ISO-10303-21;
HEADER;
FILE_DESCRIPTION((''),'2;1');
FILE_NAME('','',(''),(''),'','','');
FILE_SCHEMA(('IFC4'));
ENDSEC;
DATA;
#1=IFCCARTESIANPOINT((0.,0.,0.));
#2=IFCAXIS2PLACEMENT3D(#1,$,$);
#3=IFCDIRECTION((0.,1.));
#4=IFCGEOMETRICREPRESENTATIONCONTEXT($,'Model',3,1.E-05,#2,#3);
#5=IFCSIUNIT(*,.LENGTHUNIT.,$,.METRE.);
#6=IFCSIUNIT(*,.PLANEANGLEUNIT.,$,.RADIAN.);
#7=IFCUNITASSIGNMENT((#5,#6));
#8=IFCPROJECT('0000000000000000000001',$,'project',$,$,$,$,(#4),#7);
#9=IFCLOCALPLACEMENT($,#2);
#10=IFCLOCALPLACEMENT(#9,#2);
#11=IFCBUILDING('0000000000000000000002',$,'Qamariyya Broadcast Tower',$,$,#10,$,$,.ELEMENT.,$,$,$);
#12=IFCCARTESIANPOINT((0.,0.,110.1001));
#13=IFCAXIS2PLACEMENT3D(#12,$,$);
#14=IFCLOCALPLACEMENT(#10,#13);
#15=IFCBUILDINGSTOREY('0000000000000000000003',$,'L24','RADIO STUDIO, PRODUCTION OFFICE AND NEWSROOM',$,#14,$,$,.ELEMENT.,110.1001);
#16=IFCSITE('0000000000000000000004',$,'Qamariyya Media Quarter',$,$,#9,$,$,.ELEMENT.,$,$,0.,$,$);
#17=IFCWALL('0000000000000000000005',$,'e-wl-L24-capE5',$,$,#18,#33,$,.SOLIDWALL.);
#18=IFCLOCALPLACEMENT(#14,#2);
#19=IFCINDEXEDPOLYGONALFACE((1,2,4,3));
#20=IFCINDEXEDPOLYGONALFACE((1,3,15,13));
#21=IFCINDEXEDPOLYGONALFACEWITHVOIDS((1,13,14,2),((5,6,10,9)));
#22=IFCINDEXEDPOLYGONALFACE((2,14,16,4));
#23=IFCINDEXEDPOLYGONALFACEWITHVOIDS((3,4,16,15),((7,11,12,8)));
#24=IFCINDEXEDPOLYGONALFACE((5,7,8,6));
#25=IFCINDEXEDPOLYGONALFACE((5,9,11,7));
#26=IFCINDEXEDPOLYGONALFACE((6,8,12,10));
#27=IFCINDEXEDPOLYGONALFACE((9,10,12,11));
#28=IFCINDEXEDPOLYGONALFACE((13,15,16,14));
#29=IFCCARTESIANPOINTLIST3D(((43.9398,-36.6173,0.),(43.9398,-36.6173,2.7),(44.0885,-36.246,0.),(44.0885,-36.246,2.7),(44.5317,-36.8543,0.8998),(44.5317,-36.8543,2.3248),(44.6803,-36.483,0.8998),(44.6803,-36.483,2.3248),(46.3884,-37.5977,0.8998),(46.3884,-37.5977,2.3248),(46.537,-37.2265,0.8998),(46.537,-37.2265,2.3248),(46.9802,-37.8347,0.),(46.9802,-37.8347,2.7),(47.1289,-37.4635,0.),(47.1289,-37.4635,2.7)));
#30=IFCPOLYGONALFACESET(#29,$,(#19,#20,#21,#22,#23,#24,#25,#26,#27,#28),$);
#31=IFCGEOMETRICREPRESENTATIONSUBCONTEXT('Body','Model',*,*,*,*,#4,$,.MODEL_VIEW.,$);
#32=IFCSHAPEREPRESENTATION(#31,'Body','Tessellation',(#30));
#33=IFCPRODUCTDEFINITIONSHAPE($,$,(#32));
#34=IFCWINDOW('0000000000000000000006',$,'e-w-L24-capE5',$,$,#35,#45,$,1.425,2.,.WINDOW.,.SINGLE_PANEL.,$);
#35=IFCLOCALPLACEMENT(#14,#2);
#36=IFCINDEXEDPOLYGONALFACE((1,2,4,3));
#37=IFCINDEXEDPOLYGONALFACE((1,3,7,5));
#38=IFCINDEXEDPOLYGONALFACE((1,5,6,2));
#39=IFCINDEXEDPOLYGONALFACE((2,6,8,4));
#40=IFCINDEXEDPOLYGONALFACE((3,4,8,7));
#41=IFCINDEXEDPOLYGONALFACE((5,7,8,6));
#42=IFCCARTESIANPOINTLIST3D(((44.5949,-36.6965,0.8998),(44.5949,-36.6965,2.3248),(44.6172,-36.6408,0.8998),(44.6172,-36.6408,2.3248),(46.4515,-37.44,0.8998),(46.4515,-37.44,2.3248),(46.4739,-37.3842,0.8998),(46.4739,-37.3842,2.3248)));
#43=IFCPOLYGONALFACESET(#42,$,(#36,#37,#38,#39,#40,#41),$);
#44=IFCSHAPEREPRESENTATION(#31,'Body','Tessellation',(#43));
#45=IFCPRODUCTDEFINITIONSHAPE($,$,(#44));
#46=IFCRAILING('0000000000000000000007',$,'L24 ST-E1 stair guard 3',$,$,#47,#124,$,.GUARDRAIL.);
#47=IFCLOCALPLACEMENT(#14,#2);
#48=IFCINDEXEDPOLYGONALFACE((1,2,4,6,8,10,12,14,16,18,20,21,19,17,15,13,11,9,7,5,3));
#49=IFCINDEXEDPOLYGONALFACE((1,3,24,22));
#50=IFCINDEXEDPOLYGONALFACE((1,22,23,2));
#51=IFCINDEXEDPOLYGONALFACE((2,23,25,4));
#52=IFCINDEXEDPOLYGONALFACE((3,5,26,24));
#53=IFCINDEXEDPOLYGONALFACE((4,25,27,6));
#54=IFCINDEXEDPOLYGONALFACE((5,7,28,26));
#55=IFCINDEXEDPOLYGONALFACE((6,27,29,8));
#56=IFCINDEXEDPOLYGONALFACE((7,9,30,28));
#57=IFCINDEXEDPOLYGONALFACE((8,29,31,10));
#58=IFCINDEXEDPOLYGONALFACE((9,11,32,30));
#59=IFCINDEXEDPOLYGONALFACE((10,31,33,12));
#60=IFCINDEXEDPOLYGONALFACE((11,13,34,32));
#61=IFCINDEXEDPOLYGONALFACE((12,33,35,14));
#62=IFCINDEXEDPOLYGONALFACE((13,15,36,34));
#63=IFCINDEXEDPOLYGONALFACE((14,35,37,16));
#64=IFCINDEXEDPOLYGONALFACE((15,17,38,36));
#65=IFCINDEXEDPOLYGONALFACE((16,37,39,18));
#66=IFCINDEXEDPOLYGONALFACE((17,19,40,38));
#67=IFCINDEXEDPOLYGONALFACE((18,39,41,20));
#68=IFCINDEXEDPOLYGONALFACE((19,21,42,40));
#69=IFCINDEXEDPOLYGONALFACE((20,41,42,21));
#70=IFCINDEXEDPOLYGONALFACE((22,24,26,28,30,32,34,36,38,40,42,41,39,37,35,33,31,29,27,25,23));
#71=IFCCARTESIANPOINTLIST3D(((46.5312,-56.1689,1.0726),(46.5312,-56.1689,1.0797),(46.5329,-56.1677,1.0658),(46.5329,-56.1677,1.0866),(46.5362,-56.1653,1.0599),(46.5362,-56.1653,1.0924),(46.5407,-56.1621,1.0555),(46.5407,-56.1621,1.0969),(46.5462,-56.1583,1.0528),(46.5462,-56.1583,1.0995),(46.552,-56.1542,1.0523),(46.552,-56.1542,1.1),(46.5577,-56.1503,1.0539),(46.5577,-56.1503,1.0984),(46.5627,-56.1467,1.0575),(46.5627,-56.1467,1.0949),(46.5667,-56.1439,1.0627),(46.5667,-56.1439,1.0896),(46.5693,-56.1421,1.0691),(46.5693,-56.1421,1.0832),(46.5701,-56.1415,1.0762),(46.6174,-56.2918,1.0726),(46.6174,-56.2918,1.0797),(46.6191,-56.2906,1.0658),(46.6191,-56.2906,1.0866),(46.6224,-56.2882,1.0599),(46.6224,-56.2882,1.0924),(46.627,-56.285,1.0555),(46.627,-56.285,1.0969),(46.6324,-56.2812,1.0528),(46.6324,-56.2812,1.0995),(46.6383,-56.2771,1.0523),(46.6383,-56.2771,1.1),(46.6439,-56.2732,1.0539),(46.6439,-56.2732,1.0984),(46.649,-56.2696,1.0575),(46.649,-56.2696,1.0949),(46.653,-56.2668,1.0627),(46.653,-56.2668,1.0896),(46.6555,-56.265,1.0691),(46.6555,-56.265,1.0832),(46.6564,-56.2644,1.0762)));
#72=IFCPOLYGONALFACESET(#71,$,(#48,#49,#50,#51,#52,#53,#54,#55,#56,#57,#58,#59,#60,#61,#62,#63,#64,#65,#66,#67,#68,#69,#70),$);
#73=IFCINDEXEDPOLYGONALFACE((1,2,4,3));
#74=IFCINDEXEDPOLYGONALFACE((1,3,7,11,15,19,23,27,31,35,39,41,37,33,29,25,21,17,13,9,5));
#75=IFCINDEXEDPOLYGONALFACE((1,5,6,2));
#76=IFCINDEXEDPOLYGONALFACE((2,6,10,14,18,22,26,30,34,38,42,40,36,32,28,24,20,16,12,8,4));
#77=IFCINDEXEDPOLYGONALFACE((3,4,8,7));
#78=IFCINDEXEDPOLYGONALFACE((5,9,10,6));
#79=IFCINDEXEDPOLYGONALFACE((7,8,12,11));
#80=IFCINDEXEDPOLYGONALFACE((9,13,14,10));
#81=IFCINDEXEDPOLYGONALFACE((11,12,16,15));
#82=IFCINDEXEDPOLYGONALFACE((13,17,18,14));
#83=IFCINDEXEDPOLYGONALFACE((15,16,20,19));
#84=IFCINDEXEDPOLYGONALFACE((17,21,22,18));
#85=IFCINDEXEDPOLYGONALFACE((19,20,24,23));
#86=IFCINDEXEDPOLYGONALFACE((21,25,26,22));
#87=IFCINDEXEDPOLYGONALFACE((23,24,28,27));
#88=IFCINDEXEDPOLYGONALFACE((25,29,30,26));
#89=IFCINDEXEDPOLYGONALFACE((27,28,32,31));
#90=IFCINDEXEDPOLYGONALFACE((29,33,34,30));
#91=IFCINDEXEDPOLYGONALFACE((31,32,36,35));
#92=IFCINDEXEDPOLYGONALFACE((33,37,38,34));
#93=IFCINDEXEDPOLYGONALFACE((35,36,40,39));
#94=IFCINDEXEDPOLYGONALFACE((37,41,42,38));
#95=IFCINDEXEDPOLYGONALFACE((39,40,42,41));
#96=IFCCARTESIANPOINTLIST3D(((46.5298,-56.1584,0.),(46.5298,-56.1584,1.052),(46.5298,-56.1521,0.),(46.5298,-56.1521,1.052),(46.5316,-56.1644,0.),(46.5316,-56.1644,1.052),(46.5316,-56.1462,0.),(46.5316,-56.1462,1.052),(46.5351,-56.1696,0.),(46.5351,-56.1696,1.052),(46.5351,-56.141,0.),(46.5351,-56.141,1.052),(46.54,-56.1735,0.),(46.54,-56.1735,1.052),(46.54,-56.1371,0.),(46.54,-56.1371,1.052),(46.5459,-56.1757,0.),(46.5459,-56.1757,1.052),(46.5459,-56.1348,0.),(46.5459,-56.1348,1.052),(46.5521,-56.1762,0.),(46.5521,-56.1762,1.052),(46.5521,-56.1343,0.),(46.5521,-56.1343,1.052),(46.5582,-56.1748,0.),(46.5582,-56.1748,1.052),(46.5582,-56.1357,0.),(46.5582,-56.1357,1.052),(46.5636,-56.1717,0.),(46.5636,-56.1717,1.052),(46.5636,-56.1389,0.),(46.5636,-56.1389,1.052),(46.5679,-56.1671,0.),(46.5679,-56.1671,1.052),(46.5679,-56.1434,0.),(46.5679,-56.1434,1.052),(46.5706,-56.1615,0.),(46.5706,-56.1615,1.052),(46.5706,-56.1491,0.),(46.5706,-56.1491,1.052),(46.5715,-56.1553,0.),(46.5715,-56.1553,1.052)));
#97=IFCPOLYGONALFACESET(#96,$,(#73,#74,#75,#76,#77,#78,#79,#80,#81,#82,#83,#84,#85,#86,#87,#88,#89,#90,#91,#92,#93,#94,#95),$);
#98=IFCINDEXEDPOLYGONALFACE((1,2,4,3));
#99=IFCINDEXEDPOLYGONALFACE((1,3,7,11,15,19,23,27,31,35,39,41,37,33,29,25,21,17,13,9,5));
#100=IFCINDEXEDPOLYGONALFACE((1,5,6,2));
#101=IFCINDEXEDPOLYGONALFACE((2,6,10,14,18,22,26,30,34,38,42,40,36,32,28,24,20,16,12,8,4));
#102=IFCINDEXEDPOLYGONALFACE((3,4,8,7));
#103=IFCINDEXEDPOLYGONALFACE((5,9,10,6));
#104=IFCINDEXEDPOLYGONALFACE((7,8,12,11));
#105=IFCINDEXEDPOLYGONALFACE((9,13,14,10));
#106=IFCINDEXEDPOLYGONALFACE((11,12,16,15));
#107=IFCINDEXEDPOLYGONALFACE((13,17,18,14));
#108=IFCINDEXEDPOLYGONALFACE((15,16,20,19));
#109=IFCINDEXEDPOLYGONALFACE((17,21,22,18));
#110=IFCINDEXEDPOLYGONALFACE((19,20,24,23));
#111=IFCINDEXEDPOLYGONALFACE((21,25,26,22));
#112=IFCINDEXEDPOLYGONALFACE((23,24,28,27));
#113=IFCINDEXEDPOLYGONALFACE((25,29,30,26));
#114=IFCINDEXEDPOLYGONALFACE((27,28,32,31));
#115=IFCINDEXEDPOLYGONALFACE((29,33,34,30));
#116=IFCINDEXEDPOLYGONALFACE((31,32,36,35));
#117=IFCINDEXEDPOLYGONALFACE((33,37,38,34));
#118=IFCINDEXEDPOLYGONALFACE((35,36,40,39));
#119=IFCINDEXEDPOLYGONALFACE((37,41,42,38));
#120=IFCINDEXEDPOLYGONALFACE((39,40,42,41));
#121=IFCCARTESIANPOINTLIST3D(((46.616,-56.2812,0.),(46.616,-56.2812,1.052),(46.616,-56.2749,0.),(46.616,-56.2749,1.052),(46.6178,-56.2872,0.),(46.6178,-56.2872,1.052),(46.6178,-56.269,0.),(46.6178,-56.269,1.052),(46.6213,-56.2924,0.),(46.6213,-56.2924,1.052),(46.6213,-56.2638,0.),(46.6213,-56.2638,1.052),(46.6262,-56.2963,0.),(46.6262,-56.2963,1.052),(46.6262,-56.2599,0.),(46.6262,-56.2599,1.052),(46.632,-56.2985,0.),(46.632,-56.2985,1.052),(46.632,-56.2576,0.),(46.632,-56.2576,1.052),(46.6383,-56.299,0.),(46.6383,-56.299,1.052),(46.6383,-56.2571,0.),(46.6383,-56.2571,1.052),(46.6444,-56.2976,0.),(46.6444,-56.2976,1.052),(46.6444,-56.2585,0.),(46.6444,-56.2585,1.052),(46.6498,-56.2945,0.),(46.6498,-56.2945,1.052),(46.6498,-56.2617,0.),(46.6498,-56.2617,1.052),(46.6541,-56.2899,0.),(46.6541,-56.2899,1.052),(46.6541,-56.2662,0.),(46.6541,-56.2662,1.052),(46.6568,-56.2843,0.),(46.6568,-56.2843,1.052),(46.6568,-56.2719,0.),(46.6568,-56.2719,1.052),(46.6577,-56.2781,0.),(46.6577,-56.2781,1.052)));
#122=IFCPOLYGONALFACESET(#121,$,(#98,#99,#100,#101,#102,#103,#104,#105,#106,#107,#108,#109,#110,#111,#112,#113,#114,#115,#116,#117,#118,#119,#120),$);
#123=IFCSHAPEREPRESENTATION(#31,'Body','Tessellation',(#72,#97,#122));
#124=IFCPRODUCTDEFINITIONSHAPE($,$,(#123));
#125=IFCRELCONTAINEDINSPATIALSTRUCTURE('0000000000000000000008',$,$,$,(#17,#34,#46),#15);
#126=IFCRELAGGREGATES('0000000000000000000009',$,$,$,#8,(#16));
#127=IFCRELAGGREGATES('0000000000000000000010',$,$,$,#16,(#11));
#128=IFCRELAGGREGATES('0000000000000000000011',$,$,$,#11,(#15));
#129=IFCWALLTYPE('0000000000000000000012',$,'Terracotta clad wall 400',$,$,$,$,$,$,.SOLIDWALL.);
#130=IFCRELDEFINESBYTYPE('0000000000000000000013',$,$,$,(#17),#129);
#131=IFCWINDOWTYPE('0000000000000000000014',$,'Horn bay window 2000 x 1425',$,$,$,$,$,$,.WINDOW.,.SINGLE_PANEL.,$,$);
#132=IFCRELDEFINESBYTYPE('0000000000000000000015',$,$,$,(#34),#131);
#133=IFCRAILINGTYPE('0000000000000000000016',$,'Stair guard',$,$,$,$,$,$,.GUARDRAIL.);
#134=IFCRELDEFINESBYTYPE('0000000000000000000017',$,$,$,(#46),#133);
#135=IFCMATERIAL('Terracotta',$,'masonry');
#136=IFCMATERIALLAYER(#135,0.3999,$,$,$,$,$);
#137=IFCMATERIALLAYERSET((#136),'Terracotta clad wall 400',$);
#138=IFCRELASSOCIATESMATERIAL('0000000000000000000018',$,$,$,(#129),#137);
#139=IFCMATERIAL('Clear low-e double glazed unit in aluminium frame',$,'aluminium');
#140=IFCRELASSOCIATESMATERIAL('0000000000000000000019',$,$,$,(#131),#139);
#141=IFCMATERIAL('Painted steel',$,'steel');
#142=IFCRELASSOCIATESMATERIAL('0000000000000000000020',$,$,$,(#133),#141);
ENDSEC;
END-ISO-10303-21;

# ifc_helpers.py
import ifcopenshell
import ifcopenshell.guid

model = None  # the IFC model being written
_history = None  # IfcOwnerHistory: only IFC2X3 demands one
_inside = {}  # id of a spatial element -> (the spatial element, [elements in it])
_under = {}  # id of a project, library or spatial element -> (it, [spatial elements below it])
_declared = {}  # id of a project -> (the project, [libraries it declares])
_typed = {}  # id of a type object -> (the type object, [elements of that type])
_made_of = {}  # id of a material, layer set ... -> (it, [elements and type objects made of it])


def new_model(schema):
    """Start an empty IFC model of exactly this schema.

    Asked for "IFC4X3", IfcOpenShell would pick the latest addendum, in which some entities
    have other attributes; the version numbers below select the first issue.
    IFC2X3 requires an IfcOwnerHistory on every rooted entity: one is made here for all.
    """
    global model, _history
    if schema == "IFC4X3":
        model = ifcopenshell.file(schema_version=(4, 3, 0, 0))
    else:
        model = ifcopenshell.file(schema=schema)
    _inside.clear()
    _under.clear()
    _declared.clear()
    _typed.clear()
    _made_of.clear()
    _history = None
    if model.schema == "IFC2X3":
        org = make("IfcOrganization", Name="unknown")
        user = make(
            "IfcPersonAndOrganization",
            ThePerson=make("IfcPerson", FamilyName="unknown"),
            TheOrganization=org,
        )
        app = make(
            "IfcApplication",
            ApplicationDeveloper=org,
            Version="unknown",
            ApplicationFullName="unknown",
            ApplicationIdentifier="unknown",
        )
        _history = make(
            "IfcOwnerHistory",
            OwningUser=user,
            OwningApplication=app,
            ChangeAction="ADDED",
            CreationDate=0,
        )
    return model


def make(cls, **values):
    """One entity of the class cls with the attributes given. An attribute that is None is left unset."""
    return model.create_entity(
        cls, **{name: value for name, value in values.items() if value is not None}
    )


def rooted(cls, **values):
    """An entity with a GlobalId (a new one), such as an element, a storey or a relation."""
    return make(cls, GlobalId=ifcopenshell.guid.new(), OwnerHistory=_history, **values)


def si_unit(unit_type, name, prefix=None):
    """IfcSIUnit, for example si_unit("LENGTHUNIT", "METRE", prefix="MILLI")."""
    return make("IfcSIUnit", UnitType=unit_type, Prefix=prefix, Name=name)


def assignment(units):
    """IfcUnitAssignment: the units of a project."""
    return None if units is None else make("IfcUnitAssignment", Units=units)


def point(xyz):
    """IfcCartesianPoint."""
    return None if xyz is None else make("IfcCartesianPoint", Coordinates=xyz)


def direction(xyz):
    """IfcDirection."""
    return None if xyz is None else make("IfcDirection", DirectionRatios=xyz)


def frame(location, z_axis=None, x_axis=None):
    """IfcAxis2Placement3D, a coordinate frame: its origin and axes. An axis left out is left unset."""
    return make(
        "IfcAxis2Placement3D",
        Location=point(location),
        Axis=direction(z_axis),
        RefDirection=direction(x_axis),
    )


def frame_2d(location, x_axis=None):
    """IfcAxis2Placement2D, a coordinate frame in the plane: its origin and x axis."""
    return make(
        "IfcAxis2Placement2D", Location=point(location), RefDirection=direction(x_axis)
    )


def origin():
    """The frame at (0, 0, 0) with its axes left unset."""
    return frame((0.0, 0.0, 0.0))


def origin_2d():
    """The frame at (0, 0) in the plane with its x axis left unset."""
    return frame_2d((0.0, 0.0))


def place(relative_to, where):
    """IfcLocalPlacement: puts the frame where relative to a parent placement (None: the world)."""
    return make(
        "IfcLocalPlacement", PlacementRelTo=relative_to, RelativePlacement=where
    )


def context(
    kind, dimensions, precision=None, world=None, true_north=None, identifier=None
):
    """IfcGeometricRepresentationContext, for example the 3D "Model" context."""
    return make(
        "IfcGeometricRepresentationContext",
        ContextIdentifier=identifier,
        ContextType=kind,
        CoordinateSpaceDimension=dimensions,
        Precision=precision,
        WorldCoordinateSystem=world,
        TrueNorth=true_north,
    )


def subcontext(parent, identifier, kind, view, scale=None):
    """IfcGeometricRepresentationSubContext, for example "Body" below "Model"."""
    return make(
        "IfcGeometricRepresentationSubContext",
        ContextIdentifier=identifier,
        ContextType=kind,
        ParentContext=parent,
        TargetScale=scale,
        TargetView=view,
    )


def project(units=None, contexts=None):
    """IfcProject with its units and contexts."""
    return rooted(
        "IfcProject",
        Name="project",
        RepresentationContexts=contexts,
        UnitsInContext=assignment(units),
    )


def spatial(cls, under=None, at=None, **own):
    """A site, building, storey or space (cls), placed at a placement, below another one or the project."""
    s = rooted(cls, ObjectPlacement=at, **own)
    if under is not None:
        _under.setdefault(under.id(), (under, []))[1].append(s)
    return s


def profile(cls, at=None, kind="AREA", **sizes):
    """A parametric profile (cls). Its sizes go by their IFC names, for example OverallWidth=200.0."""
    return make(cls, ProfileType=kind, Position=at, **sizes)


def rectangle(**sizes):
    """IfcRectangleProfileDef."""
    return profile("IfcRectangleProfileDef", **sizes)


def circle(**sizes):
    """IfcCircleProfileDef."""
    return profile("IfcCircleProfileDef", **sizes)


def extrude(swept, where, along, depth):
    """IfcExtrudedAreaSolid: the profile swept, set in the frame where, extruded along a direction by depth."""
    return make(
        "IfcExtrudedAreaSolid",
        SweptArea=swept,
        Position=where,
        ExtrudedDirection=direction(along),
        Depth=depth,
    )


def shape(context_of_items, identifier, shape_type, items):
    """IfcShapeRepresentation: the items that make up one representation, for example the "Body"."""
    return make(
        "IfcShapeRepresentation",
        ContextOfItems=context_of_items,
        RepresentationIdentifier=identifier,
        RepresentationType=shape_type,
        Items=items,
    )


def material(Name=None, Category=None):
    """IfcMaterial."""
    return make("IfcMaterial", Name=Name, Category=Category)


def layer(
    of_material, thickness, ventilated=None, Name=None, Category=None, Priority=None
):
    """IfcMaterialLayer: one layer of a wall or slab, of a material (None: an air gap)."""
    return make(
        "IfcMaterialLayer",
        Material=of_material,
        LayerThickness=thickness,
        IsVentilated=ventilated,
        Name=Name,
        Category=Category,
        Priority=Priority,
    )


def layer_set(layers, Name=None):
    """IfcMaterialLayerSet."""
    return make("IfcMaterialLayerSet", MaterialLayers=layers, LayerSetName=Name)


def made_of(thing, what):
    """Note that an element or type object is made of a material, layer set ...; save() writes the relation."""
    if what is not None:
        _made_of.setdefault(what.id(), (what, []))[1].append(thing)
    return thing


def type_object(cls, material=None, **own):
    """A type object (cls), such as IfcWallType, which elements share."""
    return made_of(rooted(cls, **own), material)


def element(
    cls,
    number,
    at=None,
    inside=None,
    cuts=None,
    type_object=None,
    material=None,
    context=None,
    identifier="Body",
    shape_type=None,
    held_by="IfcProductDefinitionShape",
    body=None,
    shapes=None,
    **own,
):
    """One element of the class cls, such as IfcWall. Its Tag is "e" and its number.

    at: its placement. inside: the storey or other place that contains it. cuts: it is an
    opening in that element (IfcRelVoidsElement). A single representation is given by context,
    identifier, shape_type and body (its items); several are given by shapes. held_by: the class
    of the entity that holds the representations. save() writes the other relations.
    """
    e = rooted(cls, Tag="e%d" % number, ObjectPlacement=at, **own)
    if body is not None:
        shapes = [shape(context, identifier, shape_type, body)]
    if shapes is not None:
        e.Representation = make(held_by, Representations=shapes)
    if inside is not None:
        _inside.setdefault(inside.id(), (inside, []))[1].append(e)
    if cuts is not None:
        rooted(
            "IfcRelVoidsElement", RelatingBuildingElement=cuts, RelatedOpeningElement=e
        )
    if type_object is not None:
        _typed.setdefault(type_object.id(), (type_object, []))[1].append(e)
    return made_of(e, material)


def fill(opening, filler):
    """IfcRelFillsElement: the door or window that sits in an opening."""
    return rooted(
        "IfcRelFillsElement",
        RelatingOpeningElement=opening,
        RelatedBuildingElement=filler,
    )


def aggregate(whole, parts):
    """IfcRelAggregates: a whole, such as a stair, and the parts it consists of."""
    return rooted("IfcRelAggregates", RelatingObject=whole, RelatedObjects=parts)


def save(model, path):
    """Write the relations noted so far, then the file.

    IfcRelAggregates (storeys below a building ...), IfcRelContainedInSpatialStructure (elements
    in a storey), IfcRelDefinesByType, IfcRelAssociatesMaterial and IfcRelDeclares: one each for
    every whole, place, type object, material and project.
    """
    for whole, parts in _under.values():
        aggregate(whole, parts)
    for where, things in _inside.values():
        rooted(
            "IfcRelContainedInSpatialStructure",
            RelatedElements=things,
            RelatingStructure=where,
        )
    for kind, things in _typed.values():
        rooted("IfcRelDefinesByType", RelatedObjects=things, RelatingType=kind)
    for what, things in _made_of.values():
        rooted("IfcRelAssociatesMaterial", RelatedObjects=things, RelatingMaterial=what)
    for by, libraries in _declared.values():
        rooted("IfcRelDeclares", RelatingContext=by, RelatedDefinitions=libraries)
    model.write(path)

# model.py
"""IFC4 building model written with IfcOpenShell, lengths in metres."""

from ifc_helpers import new_model, si_unit, direction, frame, frame_2d, origin, origin_2d, place, context, subcontext, project, spatial, rectangle, circle, extrude, material, layer, layer_set, type_object, element, fill, save


model = new_model("IFC4")

# Units and contexts
model_context = context("Model", 3, precision=1e-05, world=origin(), true_north=direction((0.0, 1.0)))
body_context = subcontext(model_context, "Body", "Model", "MODEL_VIEW")
ifc_project = project(units=[si_unit("LENGTHUNIT", "METRE"), si_unit("PLANEANGLEUNIT", "RADIAN")], contexts=[model_context])

# Site, building, storey
site_placement = place(None, origin())
site = spatial("IfcSite", under=ifc_project, at=site_placement, Name="Qamariyya Media Quarter", CompositionType="ELEMENT", RefElevation=0.0)
building_placement = place(site_placement, origin())
building = spatial("IfcBuilding", under=site, at=building_placement, Name="Qamariyya Broadcast Tower", CompositionType="ELEMENT")
storey_placement = place(building_placement, frame((0.0, 0.0, 110.1001)))
storey = spatial("IfcBuildingStorey", under=building, at=storey_placement, Name="L24", Description="RADIO STUDIO, PRODUCTION OFFICE AND NEWSROOM", CompositionType="ELEMENT", Elevation=110.1001)

# Wall, opening, window
ifc_material_1 = material(Name="Terracotta", Category="masonry")
ifc_layer = layer(ifc_material_1, 0.3999)
ifc_layer_set = layer_set([ifc_layer], Name="Terracotta clad wall 400")
wall_type = type_object("IfcWallType", Name="Terracotta clad wall 400", PredefinedType="SOLIDWALL", material=ifc_layer_set)
ifc_material_2 = material(Name="Clear low-e double glazed unit in aluminium frame", Category="aluminium")
window_type = type_object("IfcWindowType", Name="Horn bay window 2000 x 1425", PartitioningType="SINGLE_PANEL", PredefinedType="WINDOW", material=ifc_material_2)
wall_1_placement = place(storey_placement, frame((47.0547, -37.6492, 0.0), z_axis=(0.0, 0.0, 1.0), x_axis=(-0.928338, 0.371738, 0.0)))
wall_1 = element("IfcWall", 1, at=wall_1_placement, inside=storey, type_object=wall_type, Name="e-wl-L24-capE5", PredefinedType="SOLIDWALL", context=body_context, shape_type="SweptSolid", body=[
    extrude(rectangle(XDim=3.2751, YDim=0.3999, at=frame_2d((1.6377, 0.0))), origin(), (0.0, 0.0, 1.0), 2.7),
])
opening_1_placement = place(wall_1_placement, frame((0.6377, 0.0, 0.8999)))
opening_1 = element("IfcOpeningElement", 2, at=opening_1_placement, cuts=wall_1, PredefinedType="OPENING", context=body_context, shape_type="SweptSolid", body=[
    extrude(rectangle(XDim=2.0, YDim=1.425, at=frame_2d((1.0, 0.7124))), frame((0.0, 0.21, 0.0), z_axis=(0.0, -1.0, 0.0), x_axis=(1.0, 0.0, 0.0)), (0.0, 0.0, 1.0), 0.4199),
])
window_1_placement = place(opening_1_placement, origin())
window_1 = element("IfcWindow", 3, at=window_1_placement, inside=storey, type_object=window_type, Name="e-w-L24-capE5", OverallHeight=1.425, OverallWidth=2.0, PartitioningType="SINGLE_PANEL", PredefinedType="WINDOW", context=body_context, shape_type="SweptSolid", body=[
    extrude(rectangle(XDim=2.0, YDim=1.425, at=frame_2d((1.0, 0.7124))), frame((0.0, 0.03, 0.0), z_axis=(0.0, -1.0, 0.0), x_axis=(1.0, 0.0, 0.0)), (0.0, 0.0, 1.0), 0.0601),
])
fill(opening_1, window_1)

# Railing
ifc_material_3 = material(Name="Painted steel", Category="steel")
railing_type_1 = type_object("IfcRailingType", Name="Stair guard", PredefinedType="GUARDRAIL", material=ifc_material_3)
railing_1_placement = place(storey_placement, frame((46.5505, -56.1553, 0.0)))
element("IfcRailing", 4, at=railing_1_placement, inside=storey, type_object=railing_type_1, Name="L24 ST-E1 stair guard 3", PredefinedType="GUARDRAIL", context=body_context, shape_type="SweptSolid", body=[
    extrude(circle(Radius=0.0239, at=origin_2d()), frame((0.0, 0.0, 1.0762), z_axis=(0.574445, -0.818543, 0.0), x_axis=(0.818543, 0.574445, 0.0)), (0.0, 0.0, 1.0), 0.1501),
    extrude(circle(Radius=0.021, at=origin_2d()), origin(), (0.0, 0.0, 1.0), 1.052),
    extrude(circle(Radius=0.021, at=origin_2d()), frame((0.0862, -0.1228, 0.0)), (0.0, 0.0, 1.0), 1.052),
])

save(model, "model.ifc")
